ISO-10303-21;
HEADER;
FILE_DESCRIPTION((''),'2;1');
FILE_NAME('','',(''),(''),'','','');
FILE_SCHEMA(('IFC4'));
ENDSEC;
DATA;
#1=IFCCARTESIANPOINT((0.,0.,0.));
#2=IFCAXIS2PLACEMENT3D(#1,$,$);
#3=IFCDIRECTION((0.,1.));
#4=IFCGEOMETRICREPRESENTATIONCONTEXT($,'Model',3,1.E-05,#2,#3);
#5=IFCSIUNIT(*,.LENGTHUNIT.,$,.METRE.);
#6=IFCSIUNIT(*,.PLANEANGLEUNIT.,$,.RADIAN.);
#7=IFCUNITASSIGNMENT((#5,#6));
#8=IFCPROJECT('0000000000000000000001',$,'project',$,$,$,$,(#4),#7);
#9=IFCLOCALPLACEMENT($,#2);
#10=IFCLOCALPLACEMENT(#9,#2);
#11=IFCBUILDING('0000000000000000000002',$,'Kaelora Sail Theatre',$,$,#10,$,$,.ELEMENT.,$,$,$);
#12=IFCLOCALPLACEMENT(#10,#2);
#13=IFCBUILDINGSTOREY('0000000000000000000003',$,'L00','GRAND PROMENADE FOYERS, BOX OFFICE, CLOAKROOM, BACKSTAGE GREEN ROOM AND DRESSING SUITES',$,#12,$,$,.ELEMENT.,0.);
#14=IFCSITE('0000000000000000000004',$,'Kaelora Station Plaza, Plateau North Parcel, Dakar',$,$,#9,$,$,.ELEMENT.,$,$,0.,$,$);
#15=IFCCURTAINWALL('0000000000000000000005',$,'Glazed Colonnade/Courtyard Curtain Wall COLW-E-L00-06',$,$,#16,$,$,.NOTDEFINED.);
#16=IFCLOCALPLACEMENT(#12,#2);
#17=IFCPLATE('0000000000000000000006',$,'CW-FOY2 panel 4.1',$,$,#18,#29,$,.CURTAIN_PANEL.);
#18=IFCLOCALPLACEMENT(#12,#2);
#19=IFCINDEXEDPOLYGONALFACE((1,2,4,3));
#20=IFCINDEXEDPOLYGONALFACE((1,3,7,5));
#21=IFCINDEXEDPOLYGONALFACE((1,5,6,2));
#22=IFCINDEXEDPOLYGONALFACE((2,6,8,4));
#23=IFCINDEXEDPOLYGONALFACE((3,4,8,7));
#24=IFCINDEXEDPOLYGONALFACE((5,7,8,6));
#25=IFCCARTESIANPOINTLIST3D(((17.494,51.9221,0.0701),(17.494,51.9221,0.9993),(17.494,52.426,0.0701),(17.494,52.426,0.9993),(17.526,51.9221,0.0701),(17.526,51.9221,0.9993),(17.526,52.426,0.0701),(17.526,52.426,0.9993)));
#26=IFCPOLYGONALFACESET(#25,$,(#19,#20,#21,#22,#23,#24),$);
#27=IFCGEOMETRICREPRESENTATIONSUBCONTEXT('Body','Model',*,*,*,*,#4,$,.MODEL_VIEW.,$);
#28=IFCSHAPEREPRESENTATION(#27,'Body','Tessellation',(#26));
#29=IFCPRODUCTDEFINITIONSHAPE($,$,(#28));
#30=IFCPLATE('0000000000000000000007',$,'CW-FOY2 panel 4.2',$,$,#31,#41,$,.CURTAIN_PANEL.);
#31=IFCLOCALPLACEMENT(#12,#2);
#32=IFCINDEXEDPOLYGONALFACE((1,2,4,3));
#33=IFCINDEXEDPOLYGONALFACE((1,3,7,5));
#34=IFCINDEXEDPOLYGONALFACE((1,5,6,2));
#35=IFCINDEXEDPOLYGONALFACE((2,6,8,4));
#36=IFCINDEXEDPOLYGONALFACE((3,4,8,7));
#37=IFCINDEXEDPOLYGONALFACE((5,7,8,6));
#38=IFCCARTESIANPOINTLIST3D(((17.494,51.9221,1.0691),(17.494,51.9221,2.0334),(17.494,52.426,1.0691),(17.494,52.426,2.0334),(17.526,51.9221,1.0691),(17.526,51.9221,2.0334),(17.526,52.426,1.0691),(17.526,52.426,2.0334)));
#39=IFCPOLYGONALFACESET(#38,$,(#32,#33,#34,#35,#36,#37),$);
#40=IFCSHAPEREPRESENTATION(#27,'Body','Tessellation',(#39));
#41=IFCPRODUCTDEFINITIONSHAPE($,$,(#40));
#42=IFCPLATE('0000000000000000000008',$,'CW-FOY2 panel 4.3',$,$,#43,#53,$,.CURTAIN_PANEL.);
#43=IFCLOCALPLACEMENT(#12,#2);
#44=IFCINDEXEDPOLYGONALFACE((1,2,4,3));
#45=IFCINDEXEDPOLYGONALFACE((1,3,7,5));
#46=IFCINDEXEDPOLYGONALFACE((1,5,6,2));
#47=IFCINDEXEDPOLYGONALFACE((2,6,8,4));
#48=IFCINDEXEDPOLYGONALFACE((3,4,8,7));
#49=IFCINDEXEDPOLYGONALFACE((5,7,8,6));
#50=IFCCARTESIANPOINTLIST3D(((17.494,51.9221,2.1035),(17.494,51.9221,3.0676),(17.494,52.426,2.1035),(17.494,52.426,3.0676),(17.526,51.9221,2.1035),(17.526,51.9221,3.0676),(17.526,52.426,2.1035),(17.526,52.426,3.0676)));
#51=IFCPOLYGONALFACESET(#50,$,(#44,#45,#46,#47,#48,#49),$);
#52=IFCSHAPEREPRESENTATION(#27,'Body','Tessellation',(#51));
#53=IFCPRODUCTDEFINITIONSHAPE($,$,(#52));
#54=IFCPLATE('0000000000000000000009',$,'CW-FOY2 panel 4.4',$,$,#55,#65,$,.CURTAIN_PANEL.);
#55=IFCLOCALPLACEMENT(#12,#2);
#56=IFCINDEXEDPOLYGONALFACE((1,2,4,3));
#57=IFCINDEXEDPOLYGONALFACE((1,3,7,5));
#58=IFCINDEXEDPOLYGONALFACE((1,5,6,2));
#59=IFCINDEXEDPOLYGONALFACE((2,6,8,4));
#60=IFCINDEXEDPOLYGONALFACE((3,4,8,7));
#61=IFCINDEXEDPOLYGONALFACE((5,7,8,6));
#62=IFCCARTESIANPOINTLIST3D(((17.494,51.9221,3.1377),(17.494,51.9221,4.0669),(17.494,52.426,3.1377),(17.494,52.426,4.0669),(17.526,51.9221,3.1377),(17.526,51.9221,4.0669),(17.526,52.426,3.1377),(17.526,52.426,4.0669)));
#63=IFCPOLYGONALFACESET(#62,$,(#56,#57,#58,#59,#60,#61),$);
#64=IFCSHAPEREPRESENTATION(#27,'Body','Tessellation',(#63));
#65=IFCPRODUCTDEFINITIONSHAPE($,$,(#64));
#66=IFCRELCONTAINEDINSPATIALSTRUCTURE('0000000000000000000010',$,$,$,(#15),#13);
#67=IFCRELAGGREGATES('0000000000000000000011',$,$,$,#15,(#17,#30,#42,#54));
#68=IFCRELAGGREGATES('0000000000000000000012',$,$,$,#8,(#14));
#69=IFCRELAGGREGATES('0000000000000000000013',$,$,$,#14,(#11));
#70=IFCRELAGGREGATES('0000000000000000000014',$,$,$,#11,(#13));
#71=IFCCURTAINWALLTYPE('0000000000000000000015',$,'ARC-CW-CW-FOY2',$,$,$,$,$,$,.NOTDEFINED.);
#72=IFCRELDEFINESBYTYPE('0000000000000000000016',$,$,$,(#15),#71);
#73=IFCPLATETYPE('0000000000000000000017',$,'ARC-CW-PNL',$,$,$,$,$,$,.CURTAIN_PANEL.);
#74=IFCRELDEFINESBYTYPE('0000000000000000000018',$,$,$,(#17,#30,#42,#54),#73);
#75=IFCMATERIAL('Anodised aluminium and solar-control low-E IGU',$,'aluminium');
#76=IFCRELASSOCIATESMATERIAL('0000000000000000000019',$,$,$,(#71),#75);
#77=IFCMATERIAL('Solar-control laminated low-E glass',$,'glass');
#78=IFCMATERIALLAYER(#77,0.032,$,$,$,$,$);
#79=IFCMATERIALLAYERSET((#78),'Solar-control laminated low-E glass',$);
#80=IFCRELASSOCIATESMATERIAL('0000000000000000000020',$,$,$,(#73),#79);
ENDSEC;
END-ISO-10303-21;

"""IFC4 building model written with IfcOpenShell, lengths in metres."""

from ifc_helpers import new_model, si_unit, direction, frame, origin, origin_2d, place, context, subcontext, project, spatial, rectangle, extrude, material, layer, layer_set, type_object, element, aggregate, save


model = new_model("IFC4")

# Units and contexts
model_context = context("Model", 3, precision=1e-05, world=origin(), true_north=direction((0.0, 1.0)))
body_context = subcontext(model_context, "Body", "Model", "MODEL_VIEW")
ifc_project = project(units=[si_unit("LENGTHUNIT", "METRE"), si_unit("PLANEANGLEUNIT", "RADIAN")], contexts=[model_context])

# Site, building, storey
site_placement = place(None, origin())
site = spatial("IfcSite", under=ifc_project, at=site_placement, Name="Kaelora Station Plaza, Plateau North Parcel, Dakar", CompositionType="ELEMENT", RefElevation=0.0)
building_placement = place(site_placement, origin())
building = spatial("IfcBuilding", under=site, at=building_placement, Name="Kaelora Sail Theatre", CompositionType="ELEMENT")
storey_placement = place(building_placement, origin())
storey = spatial("IfcBuildingStorey", under=building, at=storey_placement, Name="L00", Description="GRAND PROMENADE FOYERS, BOX OFFICE, CLOAKROOM, BACKSTAGE GREEN ROOM AND DRESSING SUITES", CompositionType="ELEMENT", Elevation=0.0)

# Curtain wall, plates
ifc_material_1 = material(Name="Anodised aluminium and solar-control low-E IGU", Category="aluminium")
curtain_wall_type = type_object("IfcCurtainWallType", Name="ARC-CW-CW-FOY2", PredefinedType="NOTDEFINED", material=ifc_material_1)
curtain_wall_placement = place(storey_placement, origin())
curtain_wall = element("IfcCurtainWall", 1, at=curtain_wall_placement, inside=storey, type_object=curtain_wall_type, Name="Glazed Colonnade/Courtyard Curtain Wall COLW-E-L00-06", PredefinedType="NOTDEFINED")
ifc_material_2 = material(Name="Solar-control laminated low-E glass", Category="glass")
ifc_layer = layer(ifc_material_2, 0.032)
ifc_layer_set = layer_set([ifc_layer], Name="Solar-control laminated low-E glass")
plate_type = type_object("IfcPlateType", Name="ARC-CW-PNL", PredefinedType="CURTAIN_PANEL", material=ifc_layer_set)
plate_1_placement = place(storey_placement, frame((17.51, 52.1741, 0.0701), z_axis=(0.0, 0.0, 1.0), x_axis=(0.0, 1.0, 0.0)))
plate_1 = element("IfcPlate", 2, at=plate_1_placement, type_object=plate_type, Name="CW-FOY2 panel 4.1", PredefinedType="CURTAIN_PANEL", context=body_context, shape_type="SweptSolid", body=[
    extrude(rectangle(XDim=0.5039, YDim=0.032, at=origin_2d()), origin(), (0.0, 0.0, 1.0), 0.9292),
])
plate_2_placement = place(storey_placement, frame((17.51, 52.1741, 1.0691), z_axis=(0.0, 0.0, 1.0), x_axis=(0.0, 1.0, 0.0)))
plate_2 = element("IfcPlate", 3, at=plate_2_placement, type_object=plate_type, Name="CW-FOY2 panel 4.2", PredefinedType="CURTAIN_PANEL", context=body_context, shape_type="SweptSolid", body=[
    extrude(rectangle(XDim=0.5039, YDim=0.032, at=origin_2d()), origin(), (0.0, 0.0, 1.0), 0.9644),
])
plate_3_placement = place(storey_placement, frame((17.51, 52.1741, 2.1035), z_axis=(0.0, 0.0, 1.0), x_axis=(0.0, 1.0, 0.0)))
plate_3 = element("IfcPlate", 4, at=plate_3_placement, type_object=plate_type, Name="CW-FOY2 panel 4.3", PredefinedType="CURTAIN_PANEL", context=body_context, shape_type="SweptSolid", body=[
    extrude(rectangle(XDim=0.5039, YDim=0.032, at=origin_2d()), origin(), (0.0, 0.0, 1.0), 0.9641),
])
plate_4_placement = place(storey_placement, frame((17.51, 52.1741, 3.1377), z_axis=(0.0, 0.0, 1.0), x_axis=(0.0, 1.0, 0.0)))
plate_4 = element("IfcPlate", 5, at=plate_4_placement, type_object=plate_type, Name="CW-FOY2 panel 4.4", PredefinedType="CURTAIN_PANEL", context=body_context, shape_type="SweptSolid", body=[
    extrude(rectangle(XDim=0.5039, YDim=0.032, at=origin_2d()), origin(), (0.0, 0.0, 1.0), 0.9292),
])
aggregate(curtain_wall, [plate_1, plate_2, plate_3, plate_4])

save(model, "model.ifc")
